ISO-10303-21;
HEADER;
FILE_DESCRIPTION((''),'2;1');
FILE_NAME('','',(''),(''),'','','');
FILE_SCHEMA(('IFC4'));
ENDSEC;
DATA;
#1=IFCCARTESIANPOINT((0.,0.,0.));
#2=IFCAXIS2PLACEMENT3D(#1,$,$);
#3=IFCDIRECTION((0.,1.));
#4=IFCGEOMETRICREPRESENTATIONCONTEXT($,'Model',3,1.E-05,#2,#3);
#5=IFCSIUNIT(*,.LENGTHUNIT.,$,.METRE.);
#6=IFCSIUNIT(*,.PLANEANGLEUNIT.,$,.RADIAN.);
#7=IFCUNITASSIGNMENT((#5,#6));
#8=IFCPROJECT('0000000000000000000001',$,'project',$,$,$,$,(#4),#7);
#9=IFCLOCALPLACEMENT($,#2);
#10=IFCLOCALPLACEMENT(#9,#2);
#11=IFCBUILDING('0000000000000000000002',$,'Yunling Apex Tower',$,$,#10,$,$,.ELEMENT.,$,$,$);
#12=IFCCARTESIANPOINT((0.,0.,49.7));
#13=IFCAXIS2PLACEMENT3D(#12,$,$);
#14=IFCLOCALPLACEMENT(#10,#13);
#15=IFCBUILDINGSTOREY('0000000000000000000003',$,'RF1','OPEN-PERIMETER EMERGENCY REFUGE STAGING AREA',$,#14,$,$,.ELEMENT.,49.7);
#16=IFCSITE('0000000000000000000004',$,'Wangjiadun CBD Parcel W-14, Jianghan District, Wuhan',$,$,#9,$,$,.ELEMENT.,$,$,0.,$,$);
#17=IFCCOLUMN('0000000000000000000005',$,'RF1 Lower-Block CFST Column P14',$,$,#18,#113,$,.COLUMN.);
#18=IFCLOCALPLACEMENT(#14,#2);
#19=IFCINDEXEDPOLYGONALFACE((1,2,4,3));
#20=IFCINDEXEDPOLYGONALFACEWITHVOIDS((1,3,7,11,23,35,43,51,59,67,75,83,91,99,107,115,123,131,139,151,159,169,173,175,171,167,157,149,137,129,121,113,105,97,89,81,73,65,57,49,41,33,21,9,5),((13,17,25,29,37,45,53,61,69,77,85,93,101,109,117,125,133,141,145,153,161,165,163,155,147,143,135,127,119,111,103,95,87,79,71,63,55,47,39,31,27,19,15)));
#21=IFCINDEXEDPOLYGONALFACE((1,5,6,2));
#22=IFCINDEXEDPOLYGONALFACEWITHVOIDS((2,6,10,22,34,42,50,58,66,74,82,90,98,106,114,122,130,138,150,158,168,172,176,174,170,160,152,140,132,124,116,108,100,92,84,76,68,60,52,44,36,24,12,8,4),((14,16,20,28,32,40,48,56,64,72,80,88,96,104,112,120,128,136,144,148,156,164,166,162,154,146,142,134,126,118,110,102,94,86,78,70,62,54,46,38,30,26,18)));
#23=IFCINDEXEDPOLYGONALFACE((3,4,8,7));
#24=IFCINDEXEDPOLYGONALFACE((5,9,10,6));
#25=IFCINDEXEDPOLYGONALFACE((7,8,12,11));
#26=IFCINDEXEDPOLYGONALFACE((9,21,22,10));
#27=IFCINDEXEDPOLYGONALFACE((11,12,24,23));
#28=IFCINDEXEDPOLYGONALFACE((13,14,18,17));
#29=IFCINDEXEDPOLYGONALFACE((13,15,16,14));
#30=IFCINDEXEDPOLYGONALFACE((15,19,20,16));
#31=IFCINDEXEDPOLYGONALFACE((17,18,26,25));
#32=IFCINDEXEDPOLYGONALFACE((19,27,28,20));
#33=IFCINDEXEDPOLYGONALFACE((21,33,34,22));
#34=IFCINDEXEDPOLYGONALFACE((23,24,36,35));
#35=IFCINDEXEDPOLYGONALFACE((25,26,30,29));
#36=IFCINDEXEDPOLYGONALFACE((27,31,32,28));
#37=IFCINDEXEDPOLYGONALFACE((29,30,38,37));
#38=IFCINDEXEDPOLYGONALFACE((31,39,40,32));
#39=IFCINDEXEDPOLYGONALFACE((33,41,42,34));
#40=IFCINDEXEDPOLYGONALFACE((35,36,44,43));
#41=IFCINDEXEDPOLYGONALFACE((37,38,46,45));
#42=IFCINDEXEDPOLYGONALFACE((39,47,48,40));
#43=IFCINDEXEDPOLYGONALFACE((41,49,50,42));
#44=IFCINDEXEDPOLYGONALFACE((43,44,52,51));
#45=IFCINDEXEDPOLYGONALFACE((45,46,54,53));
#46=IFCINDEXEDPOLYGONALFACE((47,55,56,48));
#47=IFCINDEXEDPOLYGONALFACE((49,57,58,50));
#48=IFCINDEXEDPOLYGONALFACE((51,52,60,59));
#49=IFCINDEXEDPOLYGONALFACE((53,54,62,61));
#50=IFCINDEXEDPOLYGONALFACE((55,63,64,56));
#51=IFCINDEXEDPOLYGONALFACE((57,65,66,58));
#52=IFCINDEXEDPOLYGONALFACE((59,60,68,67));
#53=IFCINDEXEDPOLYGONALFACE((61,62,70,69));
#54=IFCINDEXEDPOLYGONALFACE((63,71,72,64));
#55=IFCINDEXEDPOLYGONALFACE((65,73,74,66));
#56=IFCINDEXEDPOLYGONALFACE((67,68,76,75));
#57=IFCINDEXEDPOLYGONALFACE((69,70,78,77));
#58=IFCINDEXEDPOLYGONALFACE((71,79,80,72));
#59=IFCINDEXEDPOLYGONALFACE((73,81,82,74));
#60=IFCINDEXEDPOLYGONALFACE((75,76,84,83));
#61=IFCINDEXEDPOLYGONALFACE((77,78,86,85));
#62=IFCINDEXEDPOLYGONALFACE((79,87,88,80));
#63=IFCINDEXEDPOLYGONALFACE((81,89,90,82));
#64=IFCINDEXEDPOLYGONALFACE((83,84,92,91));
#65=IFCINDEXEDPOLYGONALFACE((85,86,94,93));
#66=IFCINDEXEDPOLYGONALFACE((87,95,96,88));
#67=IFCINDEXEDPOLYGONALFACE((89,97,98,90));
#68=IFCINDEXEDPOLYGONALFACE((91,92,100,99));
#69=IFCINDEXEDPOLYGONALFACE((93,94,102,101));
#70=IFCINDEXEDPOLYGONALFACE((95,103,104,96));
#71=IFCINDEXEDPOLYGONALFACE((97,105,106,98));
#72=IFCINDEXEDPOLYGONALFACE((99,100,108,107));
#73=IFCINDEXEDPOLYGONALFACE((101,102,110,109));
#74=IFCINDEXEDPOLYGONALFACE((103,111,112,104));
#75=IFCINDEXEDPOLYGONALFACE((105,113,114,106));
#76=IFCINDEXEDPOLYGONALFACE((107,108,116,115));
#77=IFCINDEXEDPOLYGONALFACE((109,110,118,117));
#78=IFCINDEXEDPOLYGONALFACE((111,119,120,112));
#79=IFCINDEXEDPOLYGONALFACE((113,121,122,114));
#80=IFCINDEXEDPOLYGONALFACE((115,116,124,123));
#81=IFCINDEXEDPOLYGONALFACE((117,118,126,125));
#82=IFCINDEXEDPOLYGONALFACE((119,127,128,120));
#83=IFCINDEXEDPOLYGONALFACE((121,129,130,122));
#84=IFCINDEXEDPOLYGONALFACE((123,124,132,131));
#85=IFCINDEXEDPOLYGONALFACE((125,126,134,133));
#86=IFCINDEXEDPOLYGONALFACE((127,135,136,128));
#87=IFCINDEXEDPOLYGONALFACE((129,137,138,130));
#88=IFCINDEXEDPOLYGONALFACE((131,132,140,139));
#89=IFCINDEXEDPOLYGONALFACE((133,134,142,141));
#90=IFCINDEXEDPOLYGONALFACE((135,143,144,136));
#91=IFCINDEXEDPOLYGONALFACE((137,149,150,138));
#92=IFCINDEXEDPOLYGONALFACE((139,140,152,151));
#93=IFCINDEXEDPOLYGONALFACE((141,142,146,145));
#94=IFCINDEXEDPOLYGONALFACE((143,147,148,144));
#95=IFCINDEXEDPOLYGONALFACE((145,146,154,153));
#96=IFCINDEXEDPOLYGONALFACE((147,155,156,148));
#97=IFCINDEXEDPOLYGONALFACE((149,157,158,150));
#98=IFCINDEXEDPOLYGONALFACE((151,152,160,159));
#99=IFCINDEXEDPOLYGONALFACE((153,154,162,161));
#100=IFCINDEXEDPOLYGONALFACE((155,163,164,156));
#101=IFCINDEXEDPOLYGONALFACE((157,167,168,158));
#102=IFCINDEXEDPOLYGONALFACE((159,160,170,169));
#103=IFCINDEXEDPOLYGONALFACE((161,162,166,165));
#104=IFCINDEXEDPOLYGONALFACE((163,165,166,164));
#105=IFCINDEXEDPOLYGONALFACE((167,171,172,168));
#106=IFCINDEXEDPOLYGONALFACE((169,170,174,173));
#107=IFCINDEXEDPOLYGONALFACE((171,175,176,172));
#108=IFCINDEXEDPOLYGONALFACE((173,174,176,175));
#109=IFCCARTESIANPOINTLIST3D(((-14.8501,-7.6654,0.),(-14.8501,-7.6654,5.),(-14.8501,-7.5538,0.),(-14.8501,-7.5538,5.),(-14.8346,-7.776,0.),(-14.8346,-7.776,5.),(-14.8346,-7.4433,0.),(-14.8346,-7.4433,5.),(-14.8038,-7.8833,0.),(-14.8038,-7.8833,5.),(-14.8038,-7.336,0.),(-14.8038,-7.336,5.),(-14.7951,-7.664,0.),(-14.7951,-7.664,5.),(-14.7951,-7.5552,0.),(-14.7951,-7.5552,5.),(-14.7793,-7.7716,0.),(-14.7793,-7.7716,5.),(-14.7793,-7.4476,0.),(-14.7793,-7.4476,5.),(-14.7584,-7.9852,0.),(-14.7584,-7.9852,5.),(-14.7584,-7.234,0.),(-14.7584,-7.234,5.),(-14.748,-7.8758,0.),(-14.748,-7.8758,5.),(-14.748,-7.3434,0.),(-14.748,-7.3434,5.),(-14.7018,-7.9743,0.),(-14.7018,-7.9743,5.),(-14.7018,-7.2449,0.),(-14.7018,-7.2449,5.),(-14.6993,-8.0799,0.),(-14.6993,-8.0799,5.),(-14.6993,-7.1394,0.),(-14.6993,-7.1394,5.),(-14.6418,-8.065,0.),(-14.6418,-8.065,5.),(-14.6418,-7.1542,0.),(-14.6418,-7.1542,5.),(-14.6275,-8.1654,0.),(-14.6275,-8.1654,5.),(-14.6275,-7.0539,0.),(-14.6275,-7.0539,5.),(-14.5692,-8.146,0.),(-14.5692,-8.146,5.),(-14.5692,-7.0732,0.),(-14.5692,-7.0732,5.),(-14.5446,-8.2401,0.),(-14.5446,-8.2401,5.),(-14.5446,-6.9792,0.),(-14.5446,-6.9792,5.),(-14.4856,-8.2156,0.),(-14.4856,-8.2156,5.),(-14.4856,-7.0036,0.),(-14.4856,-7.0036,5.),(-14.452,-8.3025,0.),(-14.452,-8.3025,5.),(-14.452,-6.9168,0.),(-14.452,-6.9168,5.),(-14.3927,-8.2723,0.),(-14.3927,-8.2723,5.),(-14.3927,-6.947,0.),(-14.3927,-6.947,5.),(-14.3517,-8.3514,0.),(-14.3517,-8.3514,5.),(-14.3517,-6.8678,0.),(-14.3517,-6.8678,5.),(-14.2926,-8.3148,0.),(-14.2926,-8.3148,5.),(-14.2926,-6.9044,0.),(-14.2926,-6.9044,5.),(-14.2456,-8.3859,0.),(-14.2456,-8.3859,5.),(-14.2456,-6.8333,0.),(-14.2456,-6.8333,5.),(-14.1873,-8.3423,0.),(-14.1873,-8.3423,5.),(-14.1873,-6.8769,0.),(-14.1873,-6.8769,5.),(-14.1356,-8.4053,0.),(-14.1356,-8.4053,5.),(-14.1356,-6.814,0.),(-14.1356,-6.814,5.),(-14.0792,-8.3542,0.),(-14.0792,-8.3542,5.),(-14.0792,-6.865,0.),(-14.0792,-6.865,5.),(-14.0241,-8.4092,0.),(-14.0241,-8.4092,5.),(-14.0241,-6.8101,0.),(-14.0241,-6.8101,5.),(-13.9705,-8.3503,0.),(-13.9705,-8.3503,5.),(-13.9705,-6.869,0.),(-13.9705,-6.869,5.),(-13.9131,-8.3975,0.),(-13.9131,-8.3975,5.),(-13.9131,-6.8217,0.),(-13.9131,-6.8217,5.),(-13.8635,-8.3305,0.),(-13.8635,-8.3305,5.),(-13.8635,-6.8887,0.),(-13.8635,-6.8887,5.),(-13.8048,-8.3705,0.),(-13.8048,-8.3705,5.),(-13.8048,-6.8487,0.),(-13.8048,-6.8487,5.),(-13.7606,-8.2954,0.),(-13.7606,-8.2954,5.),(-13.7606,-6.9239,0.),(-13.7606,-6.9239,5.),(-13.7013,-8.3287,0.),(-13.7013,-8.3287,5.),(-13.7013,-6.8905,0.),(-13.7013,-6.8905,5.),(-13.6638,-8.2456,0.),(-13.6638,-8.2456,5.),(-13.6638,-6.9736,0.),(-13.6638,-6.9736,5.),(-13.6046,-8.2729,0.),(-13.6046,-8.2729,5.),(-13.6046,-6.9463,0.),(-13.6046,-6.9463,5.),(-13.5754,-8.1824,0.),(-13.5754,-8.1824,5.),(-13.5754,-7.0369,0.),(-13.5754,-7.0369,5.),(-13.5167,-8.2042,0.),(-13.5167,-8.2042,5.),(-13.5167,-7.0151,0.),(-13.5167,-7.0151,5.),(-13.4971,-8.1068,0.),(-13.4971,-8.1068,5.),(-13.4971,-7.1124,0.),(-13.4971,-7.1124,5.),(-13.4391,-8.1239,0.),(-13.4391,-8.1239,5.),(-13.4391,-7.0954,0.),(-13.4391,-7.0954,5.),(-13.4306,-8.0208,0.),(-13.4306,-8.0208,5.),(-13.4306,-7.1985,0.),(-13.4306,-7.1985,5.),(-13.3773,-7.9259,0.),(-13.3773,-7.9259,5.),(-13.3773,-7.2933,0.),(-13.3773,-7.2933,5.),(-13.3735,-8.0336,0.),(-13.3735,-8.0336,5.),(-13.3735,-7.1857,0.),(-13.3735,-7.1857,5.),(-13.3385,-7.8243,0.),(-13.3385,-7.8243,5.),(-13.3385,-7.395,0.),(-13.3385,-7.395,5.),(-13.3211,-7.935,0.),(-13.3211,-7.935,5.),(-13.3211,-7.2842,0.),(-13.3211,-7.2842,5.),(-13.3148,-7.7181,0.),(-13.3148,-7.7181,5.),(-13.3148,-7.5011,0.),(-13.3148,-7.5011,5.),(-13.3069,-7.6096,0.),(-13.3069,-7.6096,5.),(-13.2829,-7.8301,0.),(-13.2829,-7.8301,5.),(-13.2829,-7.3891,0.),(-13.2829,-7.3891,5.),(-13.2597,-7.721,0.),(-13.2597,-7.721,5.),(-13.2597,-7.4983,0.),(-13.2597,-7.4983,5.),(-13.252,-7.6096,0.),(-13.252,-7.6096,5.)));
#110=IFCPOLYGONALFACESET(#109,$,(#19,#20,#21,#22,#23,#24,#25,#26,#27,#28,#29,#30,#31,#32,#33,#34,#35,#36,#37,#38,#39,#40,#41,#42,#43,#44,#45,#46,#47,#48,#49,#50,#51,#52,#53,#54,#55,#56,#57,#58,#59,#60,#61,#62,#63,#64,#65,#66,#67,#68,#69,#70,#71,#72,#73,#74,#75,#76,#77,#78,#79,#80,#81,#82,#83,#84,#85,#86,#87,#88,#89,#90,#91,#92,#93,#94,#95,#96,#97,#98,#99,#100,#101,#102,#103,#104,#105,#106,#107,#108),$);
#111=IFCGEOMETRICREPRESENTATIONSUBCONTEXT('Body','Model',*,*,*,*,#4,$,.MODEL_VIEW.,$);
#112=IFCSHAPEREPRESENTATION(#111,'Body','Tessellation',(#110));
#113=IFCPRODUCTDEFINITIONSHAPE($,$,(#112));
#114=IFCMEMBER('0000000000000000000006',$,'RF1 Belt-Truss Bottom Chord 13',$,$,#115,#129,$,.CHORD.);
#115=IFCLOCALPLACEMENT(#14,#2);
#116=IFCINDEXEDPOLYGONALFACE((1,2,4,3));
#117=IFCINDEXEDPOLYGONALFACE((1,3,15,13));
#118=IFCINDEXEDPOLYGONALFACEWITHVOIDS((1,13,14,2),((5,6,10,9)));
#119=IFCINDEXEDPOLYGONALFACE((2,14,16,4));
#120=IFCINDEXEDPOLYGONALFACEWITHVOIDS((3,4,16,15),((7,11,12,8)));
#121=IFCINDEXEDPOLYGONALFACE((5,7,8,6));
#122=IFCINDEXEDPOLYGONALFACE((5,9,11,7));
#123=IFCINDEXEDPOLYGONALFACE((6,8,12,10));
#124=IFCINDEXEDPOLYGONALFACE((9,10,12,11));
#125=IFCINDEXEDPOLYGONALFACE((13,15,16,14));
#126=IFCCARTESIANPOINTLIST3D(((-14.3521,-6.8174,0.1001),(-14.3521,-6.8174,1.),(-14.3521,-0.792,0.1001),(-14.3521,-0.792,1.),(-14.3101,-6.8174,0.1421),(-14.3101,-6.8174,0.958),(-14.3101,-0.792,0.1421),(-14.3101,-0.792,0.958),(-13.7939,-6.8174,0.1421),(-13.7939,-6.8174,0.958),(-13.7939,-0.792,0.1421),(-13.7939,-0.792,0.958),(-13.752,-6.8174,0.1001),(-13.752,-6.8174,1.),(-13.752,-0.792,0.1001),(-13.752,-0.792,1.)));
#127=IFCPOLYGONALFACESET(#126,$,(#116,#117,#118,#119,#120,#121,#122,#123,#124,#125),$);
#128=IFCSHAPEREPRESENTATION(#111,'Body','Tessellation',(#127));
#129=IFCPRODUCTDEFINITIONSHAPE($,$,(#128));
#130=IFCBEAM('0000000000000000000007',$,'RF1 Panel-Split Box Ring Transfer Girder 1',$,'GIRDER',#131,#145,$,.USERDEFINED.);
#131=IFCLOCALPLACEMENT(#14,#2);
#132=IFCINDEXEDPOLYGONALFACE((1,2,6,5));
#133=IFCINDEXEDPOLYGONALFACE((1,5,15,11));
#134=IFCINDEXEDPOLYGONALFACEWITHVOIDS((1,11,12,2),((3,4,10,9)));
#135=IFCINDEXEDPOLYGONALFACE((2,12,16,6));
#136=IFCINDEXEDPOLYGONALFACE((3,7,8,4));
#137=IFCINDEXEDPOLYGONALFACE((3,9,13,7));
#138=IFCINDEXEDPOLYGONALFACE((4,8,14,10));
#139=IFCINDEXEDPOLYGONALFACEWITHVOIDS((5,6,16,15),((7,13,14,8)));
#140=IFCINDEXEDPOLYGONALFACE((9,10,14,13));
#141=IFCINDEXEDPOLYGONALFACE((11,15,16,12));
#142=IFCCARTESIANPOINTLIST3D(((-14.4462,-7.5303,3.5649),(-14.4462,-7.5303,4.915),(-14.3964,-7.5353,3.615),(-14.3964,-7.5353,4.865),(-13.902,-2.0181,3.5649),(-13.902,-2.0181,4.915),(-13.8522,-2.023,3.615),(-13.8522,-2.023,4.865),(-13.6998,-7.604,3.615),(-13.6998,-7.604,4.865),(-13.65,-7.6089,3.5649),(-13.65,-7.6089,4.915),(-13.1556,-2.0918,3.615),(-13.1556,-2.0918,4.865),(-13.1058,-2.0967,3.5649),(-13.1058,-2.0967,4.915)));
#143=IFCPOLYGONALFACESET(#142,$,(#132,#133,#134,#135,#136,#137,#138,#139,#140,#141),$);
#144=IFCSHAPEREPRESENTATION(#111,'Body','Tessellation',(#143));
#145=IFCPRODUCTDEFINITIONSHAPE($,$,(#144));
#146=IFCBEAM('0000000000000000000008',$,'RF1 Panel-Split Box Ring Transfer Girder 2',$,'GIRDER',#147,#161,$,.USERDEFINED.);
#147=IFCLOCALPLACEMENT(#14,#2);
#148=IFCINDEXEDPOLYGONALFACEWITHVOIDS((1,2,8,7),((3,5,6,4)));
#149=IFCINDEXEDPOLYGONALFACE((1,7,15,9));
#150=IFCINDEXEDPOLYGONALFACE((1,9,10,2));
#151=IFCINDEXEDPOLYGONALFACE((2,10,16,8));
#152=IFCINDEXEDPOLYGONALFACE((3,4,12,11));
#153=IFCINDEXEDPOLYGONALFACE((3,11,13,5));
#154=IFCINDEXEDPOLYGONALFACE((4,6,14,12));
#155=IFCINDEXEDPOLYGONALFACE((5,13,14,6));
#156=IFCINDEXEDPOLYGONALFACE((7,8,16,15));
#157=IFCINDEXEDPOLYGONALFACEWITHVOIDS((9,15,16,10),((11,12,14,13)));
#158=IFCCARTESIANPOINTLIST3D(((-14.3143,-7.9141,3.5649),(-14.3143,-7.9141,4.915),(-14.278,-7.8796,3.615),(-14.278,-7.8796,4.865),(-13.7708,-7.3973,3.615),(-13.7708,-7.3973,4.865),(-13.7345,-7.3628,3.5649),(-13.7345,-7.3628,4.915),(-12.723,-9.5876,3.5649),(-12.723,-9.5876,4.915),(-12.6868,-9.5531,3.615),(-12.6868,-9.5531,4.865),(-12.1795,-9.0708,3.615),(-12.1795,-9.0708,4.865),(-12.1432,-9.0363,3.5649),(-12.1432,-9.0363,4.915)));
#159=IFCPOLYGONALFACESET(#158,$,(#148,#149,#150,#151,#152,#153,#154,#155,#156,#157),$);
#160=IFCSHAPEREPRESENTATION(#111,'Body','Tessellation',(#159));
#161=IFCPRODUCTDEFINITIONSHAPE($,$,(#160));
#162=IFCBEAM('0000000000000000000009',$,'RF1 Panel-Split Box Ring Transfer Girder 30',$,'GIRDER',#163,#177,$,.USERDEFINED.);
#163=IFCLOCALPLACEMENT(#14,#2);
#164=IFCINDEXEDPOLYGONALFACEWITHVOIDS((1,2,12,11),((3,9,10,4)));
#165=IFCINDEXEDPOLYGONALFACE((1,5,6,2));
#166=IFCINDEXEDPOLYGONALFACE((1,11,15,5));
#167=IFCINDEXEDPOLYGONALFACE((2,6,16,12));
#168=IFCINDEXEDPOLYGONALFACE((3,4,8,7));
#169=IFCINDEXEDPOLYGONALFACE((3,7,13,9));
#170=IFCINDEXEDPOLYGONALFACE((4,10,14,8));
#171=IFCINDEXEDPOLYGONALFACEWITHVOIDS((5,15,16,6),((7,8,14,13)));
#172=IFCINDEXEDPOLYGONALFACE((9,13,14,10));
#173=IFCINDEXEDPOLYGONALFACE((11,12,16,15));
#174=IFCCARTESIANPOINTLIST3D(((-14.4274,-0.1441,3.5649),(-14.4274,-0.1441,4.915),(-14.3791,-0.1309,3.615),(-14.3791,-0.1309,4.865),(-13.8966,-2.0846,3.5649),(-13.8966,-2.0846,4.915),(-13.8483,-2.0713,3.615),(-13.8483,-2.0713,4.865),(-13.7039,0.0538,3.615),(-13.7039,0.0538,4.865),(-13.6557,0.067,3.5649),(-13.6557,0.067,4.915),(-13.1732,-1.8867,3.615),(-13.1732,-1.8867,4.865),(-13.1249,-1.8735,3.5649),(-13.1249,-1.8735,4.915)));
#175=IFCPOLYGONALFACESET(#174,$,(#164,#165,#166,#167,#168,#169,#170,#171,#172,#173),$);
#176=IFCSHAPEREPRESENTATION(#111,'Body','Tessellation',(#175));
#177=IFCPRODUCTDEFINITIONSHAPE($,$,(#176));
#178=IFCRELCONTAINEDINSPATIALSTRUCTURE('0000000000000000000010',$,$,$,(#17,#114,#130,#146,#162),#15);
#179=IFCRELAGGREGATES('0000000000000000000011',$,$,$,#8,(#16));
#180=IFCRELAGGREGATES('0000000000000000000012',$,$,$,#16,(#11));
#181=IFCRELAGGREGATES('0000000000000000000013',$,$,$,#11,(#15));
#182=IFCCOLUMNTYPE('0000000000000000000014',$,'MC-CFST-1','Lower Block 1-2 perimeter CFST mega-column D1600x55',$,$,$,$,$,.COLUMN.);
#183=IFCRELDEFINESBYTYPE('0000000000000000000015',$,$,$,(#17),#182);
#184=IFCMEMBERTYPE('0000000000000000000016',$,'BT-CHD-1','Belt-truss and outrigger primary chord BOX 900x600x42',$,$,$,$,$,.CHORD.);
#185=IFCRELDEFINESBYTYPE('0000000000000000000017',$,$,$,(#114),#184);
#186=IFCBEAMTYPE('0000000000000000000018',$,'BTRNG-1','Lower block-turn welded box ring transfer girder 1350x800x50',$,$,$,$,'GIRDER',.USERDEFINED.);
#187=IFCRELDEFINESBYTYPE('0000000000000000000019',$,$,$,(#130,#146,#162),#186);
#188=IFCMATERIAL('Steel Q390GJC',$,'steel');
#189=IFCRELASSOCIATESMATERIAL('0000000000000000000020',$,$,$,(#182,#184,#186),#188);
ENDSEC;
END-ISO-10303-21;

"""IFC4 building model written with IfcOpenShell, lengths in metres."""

from ifc_helpers import new_model, si_unit, direction, frame, origin, origin_2d, place, context, subcontext, project, spatial, hollow_rectangle, hollow_circle, extrude, source, transform, mapped, material, material_profile, profile_set, type_object, element, save


model = new_model("IFC4")

# Units and contexts
model_context = context("Model", 3, precision=1e-05, world=origin(), true_north=direction((0.0, 1.0)))
body_context = subcontext(model_context, "Body", "Model", "MODEL_VIEW")
ifc_project = project(units=[si_unit("LENGTHUNIT", "METRE"), si_unit("PLANEANGLEUNIT", "RADIAN")], contexts=[model_context])

# Site, building, storey
site_placement = place(None, origin())
site = spatial("IfcSite", under=ifc_project, at=site_placement, Name="Wangjiadun CBD Parcel W-14, Jianghan District, Wuhan", CompositionType="ELEMENT", RefElevation=0.0)
building_placement = place(site_placement, origin())
building = spatial("IfcBuilding", under=site, at=building_placement, Name="Yunling Apex Tower", CompositionType="ELEMENT")
storey_placement = place(building_placement, frame((0.0, 0.0, 49.7)))
storey = spatial("IfcBuildingStorey", under=building, at=storey_placement, Name="RF1", Description="OPEN-PERIMETER EMERGENCY REFUGE STAGING AREA", CompositionType="ELEMENT", Elevation=49.7)

# Column
ifc_material_1 = material(Name="Steel Q390GJC", Category="steel")
ifc_material_profile_1 = material_profile(ifc_material_1, hollow_circle(Radius=0.8, WallThickness=0.0549, at=origin_2d()))
ifc_profile_set_1 = profile_set([ifc_material_profile_1], Name="Steel Q390GJC")
column_type = type_object("IfcColumnType", Name="MC-CFST-1", Description="Lower Block 1-2 perimeter CFST mega-column D1600x55", PredefinedType="COLUMN", material=ifc_profile_set_1)
shared_shape_1 = source(origin(), body_context, "Body", "SweptSolid", [
    extrude(hollow_circle(Radius=0.8, WallThickness=0.0549, at=origin_2d()), origin(), (0.0, 0.0, 1.0), 5.0),
])
column_placement = place(storey_placement, frame((-14.052, -7.6096, 0.0), z_axis=(0.0, 0.0, 1.0), x_axis=(1.0, 0.0, 0.0)))
element("IfcColumn", 1, at=column_placement, inside=storey, type_object=column_type, Name="RF1 Lower-Block CFST Column P14", PredefinedType="COLUMN", context=body_context, shape_type="MappedRepresentation", body=[
    mapped(shared_shape_1, transform((0.0, 0.0, 0.0), scale=1.0)),
])

# Member
ifc_material_profile_2 = material_profile(ifc_material_1, hollow_rectangle(XDim=0.6001, YDim=0.8999, WallThickness=0.042, at=origin_2d()))
ifc_profile_set_2 = profile_set([ifc_material_profile_2], Name="Steel Q390GJC")
member_type_1 = type_object("IfcMemberType", Name="BT-CHD-1", Description="Belt-truss and outrigger primary chord BOX 900x600x42", PredefinedType="CHORD", material=ifc_profile_set_2)
shared_shape_2 = source(origin(), body_context, "Body", "SweptSolid", [
    extrude(hollow_rectangle(XDim=0.6001, YDim=0.8999, WallThickness=0.042, at=origin_2d()), origin(), (0.0, 0.0, 1.0), 6.0254),
])
member_1_placement = place(storey_placement, frame((-14.052, -0.792, 0.55), z_axis=(0.0, -1.0, 0.0), x_axis=(1.0, 0.0, 0.0)))
element("IfcMember", 2, at=member_1_placement, inside=storey, type_object=member_type_1, Name="RF1 Belt-Truss Bottom Chord 13", PredefinedType="CHORD", context=body_context, shape_type="MappedRepresentation", body=[
    mapped(shared_shape_2, transform((0.0, 0.0, 0.0), scale=1.0)),
])

# Beams
ifc_material_profile_3 = material_profile(ifc_material_1, hollow_rectangle(XDim=0.8, YDim=1.3501, WallThickness=0.05, at=origin_2d()))
ifc_profile_set_3 = profile_set([ifc_material_profile_3], Name="Steel Q390GJC")
beam_type = type_object("IfcBeamType", Name="BTRNG-1", Description="Lower block-turn welded box ring transfer girder 1350x800x50", ElementType="GIRDER", PredefinedType="USERDEFINED", material=ifc_profile_set_3)
shared_shape_3 = source(origin(), body_context, "Body", "SweptSolid", [
    extrude(hollow_rectangle(XDim=0.8, YDim=1.3501, WallThickness=0.05, at=origin_2d()), origin(), (0.0, 0.0, 1.0), 5.5391),
])
beam_1_placement = place(storey_placement, frame((-13.5039, -2.0574, 4.24), z_axis=(-0.098247, -0.995162, 0.0), x_axis=(0.995162, -0.098247, 0.0)))
element("IfcBeam", 3, at=beam_1_placement, inside=storey, type_object=beam_type, Name="RF1 Panel-Split Box Ring Transfer Girder 1", ObjectType="GIRDER", PredefinedType="USERDEFINED", context=body_context, shape_type="MappedRepresentation", body=[
    mapped(shared_shape_3, transform((0.0, 0.0, 0.0), scale=1.0)),
])
shared_shape_4 = source(origin(), body_context, "Body", "SweptSolid", [
    extrude(hollow_rectangle(XDim=0.8, YDim=1.3501, WallThickness=0.05, at=origin_2d()), origin(), (0.0, 0.0, 1.0), 2.3093),
])
beam_2_placement = place(storey_placement, frame((-14.0244, -7.6384, 4.24), z_axis=(0.689069, -0.724696, 0.0), x_axis=(0.724696, 0.689069, 0.0)))
element("IfcBeam", 4, at=beam_2_placement, inside=storey, type_object=beam_type, Name="RF1 Panel-Split Box Ring Transfer Girder 2", ObjectType="GIRDER", PredefinedType="USERDEFINED", context=body_context, shape_type="MappedRepresentation", body=[
    mapped(shared_shape_4, transform((0.0, 0.0, 0.0), scale=1.0)),
])
shared_shape_5 = source(origin(), body_context, "Body", "SweptSolid", [
    extrude(hollow_rectangle(XDim=0.8, YDim=1.3501, WallThickness=0.05, at=origin_2d()), origin(), (0.0, 0.0, 1.0), 2.0117),
])
beam_3_placement = place(storey_placement, frame((-14.0415, -0.0386, 4.24), z_axis=(0.263836, -0.964568, 0.0), x_axis=(0.964568, 0.263836, 0.0)))
element("IfcBeam", 5, at=beam_3_placement, inside=storey, type_object=beam_type, Name="RF1 Panel-Split Box Ring Transfer Girder 30", ObjectType="GIRDER", PredefinedType="USERDEFINED", context=body_context, shape_type="MappedRepresentation", body=[
    mapped(shared_shape_5, transform((0.0, 0.0, 0.0), scale=1.0)),
])

save(model, "model.ifc")
